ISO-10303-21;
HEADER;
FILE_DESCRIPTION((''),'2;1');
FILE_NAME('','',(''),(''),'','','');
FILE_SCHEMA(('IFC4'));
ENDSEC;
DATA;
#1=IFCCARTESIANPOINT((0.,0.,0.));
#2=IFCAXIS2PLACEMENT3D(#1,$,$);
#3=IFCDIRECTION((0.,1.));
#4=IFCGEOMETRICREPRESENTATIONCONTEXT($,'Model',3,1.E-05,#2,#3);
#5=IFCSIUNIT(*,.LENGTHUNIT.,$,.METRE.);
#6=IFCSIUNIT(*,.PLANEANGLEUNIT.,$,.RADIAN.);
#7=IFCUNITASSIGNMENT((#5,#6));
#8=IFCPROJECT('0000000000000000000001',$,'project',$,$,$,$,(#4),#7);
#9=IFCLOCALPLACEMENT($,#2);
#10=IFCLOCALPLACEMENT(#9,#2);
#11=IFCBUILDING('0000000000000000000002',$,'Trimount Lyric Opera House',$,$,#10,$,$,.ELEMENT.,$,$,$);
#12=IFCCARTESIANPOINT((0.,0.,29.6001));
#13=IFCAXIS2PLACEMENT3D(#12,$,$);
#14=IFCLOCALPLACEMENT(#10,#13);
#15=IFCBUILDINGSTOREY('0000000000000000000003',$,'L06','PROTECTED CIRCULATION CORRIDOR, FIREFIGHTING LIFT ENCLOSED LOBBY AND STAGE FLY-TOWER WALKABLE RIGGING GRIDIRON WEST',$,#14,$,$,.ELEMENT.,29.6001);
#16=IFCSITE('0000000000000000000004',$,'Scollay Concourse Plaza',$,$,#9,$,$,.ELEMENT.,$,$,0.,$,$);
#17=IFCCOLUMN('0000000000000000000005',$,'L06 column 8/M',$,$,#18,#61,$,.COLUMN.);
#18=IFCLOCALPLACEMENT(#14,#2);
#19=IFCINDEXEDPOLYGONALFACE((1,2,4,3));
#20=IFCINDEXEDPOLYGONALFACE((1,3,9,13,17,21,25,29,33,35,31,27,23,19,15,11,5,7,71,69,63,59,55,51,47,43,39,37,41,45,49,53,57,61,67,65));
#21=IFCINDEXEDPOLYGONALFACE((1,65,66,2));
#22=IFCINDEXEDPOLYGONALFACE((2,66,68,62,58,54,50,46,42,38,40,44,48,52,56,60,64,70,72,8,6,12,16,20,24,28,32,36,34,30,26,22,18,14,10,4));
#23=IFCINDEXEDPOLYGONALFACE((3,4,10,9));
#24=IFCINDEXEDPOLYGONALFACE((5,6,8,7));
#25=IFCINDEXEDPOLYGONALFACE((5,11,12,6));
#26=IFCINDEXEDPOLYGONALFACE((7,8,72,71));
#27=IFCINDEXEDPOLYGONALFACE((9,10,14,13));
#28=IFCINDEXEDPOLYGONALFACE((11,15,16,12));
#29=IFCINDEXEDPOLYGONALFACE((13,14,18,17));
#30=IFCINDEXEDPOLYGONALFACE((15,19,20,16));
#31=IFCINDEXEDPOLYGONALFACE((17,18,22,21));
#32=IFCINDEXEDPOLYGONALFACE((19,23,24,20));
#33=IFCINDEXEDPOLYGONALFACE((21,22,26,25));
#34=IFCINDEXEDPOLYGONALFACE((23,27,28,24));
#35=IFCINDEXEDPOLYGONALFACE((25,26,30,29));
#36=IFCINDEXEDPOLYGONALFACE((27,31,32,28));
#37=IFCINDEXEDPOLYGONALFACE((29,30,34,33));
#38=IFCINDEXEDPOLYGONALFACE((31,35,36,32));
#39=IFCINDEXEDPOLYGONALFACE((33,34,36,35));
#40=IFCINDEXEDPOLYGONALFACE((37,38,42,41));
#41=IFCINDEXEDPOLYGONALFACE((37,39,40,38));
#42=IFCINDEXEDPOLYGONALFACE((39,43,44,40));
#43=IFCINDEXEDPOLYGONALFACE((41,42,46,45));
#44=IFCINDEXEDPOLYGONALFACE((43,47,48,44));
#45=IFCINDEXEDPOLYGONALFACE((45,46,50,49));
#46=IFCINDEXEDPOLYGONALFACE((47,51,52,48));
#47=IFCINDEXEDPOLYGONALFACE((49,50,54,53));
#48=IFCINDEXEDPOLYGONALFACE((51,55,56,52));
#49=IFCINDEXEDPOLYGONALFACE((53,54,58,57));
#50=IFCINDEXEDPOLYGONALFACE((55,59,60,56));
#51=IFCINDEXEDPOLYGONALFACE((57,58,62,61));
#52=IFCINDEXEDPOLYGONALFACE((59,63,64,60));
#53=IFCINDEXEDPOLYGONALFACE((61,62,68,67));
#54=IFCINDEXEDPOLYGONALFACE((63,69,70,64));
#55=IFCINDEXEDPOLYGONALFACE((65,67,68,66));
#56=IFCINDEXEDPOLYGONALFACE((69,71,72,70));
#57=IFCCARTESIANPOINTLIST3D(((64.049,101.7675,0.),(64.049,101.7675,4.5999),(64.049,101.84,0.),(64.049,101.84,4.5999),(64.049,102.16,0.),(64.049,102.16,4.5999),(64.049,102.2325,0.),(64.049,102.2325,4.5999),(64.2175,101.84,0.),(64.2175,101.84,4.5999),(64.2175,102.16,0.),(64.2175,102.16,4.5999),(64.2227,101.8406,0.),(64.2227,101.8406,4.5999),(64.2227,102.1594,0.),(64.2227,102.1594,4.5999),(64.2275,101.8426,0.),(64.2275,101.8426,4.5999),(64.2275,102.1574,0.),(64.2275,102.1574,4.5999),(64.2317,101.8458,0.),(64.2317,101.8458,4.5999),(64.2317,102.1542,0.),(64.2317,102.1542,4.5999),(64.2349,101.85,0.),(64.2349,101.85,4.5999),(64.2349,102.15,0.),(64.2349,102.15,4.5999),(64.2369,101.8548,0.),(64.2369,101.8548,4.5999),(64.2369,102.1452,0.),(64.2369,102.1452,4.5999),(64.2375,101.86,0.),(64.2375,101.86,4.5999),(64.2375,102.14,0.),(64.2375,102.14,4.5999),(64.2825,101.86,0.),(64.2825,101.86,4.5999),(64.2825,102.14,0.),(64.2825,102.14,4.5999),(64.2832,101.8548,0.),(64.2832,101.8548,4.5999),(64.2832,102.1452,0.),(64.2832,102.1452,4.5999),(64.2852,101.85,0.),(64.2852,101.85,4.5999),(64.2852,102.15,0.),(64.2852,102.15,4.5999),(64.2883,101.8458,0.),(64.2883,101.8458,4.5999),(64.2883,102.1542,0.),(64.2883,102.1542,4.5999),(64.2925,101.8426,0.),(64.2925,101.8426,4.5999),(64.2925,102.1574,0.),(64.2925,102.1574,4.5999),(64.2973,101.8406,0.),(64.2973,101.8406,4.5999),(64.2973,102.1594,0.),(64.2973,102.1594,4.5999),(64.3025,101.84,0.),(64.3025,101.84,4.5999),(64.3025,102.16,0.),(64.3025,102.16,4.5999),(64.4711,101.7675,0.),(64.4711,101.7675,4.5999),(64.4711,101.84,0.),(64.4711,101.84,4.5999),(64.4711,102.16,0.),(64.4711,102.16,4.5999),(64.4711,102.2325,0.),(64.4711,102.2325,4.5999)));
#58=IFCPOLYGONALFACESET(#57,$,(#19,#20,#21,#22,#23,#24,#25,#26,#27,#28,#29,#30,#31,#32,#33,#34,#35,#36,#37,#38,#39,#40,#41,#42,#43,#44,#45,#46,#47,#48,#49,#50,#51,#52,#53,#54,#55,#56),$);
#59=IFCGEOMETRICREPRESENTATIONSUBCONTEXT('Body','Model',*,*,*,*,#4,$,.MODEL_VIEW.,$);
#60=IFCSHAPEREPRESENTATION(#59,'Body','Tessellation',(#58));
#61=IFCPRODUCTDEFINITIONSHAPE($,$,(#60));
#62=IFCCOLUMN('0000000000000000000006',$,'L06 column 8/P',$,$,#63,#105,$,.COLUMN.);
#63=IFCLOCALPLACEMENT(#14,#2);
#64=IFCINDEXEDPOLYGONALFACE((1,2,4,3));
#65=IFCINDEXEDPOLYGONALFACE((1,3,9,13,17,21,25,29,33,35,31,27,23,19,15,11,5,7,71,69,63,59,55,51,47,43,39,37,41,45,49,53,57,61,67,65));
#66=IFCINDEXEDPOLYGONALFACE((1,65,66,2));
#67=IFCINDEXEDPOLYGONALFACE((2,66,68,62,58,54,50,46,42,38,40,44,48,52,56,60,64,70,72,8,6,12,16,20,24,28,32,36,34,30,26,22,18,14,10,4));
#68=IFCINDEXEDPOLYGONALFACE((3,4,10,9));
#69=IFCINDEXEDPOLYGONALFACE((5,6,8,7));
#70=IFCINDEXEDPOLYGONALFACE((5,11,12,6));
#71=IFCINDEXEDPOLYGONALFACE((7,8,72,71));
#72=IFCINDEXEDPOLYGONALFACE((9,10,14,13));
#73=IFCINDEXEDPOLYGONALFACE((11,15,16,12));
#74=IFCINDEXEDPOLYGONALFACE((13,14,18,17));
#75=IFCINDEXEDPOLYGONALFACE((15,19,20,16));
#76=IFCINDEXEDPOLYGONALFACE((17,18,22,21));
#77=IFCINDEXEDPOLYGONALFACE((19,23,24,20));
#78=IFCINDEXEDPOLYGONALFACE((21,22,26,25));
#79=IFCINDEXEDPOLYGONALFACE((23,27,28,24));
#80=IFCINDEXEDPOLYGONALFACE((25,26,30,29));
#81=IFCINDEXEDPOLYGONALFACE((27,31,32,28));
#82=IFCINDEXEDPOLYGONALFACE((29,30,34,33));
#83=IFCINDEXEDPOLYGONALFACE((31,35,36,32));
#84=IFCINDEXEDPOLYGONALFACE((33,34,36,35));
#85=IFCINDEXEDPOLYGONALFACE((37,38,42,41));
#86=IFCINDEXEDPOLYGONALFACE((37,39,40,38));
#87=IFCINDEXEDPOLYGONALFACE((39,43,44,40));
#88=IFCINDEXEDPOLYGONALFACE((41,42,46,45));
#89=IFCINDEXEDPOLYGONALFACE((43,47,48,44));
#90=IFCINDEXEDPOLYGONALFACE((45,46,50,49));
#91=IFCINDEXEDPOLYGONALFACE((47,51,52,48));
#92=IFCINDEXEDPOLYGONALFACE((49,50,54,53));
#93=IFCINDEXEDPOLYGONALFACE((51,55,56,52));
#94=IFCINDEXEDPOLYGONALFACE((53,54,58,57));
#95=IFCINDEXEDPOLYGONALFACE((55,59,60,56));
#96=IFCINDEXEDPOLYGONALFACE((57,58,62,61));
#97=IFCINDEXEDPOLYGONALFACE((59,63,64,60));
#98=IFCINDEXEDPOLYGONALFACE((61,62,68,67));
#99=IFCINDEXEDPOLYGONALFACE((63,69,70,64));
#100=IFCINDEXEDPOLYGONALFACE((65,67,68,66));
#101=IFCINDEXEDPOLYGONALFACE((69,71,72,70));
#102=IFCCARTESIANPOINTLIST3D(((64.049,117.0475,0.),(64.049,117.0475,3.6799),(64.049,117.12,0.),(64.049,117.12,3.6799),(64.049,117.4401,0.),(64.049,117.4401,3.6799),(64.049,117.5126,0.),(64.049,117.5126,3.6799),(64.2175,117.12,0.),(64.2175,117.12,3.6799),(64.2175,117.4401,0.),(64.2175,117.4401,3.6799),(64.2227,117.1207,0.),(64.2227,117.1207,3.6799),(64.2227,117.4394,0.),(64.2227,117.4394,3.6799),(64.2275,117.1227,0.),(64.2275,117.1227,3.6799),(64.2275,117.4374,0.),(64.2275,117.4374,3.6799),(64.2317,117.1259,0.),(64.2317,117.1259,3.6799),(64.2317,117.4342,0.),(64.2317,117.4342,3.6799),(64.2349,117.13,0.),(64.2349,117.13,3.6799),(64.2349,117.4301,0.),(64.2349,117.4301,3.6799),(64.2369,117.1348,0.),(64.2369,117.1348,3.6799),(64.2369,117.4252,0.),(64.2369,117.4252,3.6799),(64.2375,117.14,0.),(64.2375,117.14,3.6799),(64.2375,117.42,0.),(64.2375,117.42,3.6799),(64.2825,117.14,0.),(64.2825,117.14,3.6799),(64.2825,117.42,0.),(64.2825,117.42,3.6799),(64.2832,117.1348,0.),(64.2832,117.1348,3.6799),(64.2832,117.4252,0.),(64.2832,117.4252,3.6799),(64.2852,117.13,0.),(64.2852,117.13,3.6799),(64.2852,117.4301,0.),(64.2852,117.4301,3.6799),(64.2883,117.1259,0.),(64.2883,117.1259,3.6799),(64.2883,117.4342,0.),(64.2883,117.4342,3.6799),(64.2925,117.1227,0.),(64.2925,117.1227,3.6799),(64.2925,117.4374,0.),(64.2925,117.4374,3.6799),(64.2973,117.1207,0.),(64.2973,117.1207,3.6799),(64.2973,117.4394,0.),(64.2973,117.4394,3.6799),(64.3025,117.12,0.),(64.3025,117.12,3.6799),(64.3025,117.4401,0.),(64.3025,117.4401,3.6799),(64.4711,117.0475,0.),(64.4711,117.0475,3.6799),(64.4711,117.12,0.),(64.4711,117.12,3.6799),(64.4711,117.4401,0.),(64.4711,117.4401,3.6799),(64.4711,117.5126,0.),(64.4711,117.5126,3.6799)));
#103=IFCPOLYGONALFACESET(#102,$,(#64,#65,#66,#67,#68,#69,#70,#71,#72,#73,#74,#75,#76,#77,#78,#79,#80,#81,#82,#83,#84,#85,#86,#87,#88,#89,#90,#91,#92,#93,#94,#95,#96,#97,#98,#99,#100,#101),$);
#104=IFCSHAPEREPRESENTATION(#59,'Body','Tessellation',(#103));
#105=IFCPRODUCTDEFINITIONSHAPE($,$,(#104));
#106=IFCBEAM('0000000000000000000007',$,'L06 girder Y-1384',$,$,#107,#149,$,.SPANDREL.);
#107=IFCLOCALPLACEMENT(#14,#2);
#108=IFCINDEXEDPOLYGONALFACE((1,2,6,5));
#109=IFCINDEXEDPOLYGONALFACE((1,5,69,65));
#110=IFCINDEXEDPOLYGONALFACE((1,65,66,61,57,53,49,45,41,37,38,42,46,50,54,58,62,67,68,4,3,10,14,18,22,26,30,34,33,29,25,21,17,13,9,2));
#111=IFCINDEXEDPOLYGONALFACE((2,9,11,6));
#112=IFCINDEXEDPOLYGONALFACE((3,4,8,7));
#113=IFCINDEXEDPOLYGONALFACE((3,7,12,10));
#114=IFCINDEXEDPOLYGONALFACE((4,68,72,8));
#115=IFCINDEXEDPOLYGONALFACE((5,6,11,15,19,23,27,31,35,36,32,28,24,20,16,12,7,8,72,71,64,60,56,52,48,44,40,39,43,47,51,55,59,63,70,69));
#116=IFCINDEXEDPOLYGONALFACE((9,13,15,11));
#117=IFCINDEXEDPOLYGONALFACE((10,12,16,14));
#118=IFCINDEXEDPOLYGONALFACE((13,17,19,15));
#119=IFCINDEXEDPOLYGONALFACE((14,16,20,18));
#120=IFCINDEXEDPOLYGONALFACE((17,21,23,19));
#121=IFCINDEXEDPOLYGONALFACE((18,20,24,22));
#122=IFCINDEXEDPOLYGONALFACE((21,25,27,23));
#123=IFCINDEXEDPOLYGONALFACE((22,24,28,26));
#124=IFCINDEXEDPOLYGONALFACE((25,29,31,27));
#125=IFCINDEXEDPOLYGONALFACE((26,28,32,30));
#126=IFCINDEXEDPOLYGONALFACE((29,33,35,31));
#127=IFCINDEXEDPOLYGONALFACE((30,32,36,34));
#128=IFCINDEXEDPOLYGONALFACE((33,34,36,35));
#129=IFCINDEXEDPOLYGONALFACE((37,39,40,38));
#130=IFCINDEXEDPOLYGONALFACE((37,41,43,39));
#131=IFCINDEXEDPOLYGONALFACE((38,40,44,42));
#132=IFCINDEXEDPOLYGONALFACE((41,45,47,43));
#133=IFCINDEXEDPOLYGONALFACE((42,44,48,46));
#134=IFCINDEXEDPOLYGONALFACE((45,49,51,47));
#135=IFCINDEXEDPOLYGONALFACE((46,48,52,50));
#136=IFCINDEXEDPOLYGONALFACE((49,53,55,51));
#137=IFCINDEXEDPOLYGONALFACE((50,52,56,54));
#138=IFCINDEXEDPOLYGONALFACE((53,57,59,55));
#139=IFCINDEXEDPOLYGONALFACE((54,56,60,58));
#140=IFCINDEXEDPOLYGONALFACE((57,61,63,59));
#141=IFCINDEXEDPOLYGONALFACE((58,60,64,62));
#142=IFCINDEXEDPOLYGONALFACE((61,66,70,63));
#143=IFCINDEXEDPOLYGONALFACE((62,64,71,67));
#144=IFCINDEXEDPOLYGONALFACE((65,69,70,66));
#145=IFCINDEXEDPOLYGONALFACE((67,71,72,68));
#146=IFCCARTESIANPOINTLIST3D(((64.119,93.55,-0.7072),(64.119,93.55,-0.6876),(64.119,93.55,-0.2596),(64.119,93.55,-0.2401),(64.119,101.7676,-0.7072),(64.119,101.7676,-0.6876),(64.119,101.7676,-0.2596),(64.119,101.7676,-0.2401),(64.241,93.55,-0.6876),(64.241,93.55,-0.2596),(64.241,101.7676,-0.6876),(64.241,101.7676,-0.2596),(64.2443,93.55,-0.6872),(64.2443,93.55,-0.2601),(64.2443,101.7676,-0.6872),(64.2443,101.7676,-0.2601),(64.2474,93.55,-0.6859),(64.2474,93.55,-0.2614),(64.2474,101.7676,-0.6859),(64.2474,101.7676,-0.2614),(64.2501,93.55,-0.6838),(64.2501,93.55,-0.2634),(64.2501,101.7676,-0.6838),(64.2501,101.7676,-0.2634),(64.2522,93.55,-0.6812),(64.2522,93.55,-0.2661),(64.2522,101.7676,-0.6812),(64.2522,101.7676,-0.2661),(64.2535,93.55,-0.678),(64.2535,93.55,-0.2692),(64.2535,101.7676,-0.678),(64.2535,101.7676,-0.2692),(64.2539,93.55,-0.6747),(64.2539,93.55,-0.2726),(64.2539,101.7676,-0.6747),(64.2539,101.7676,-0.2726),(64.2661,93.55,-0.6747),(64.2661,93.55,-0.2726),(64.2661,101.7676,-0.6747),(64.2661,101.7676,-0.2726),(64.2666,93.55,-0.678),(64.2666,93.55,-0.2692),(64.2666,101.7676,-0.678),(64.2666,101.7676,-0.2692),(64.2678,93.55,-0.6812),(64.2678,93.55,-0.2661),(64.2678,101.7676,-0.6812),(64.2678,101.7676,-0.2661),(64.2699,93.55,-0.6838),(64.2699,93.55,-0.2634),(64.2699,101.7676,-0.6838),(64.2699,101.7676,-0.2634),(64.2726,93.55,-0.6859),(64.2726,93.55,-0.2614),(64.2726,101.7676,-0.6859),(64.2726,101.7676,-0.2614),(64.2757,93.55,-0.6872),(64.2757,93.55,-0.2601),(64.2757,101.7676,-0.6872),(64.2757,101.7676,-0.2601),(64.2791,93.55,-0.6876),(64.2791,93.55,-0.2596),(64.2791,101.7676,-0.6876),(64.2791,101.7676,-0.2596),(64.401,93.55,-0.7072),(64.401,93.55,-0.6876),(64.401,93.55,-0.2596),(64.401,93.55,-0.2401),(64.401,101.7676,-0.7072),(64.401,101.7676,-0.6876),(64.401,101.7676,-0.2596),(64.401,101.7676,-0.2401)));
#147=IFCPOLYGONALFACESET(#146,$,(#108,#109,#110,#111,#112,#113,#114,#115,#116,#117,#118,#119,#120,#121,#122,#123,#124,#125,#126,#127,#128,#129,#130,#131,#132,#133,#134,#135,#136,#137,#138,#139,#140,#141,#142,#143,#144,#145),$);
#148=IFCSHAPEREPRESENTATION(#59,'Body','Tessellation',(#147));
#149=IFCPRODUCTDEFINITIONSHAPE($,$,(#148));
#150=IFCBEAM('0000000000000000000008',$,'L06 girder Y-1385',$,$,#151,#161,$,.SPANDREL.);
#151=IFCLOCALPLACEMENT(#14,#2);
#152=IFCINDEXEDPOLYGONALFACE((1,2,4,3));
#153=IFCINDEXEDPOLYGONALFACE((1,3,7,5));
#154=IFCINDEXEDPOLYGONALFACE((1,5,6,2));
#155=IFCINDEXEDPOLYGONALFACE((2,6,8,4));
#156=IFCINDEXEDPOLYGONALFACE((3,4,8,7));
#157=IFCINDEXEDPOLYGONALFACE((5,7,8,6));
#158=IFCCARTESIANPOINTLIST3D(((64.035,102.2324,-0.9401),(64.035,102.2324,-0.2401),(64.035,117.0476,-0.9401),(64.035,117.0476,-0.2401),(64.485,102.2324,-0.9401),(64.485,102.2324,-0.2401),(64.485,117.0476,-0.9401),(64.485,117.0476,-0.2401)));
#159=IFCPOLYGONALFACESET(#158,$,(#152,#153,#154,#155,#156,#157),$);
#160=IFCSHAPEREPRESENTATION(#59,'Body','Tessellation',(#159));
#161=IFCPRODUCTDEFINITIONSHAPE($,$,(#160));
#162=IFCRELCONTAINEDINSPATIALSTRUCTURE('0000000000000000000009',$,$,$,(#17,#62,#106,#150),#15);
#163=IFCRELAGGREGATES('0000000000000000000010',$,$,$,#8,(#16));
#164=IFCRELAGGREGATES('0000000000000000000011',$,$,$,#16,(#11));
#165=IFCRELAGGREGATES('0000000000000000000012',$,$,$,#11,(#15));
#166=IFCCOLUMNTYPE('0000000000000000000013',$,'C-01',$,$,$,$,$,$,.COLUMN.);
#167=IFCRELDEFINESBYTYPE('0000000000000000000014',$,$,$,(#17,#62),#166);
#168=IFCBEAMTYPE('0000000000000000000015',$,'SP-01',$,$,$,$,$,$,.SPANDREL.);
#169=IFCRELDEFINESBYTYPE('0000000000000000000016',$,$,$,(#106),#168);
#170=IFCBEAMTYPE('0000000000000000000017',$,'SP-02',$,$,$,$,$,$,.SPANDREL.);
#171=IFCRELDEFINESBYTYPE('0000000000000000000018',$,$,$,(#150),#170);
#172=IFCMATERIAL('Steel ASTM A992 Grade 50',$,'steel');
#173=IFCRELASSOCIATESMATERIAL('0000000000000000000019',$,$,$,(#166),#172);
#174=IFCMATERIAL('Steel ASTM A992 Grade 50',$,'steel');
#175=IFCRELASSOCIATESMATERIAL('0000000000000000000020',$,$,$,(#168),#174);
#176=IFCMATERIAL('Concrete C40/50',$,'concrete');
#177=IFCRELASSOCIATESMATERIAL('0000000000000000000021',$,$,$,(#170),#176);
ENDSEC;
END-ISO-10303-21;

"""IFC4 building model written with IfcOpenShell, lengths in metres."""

from ifc_helpers import new_model, si_unit, direction, frame, origin, origin_2d, place, context, subcontext, project, spatial, rectangle, i_section, extrude, material, material_profile, profile_set, type_object, element, save


model = new_model("IFC4")

# Units and contexts
model_context = context("Model", 3, precision=1e-05, world=origin(), true_north=direction((0.0, 1.0)))
body_context = subcontext(model_context, "Body", "Model", "MODEL_VIEW")
ifc_project = project(units=[si_unit("LENGTHUNIT", "METRE"), si_unit("PLANEANGLEUNIT", "RADIAN")], contexts=[model_context])

# Site, building, storey
site_placement = place(None, origin())
site = spatial("IfcSite", under=ifc_project, at=site_placement, Name="Scollay Concourse Plaza", CompositionType="ELEMENT", RefElevation=0.0)
building_placement = place(site_placement, origin())
building = spatial("IfcBuilding", under=site, at=building_placement, Name="Trimount Lyric Opera House", CompositionType="ELEMENT")
storey_placement = place(building_placement, frame((0.0, 0.0, 29.6001)))
storey = spatial("IfcBuildingStorey", under=building, at=storey_placement, Name="L06", Description="PROTECTED CIRCULATION CORRIDOR, FIREFIGHTING LIFT ENCLOSED LOBBY AND STAGE FLY-TOWER WALKABLE RIGGING GRIDIRON WEST", CompositionType="ELEMENT", Elevation=29.6001)

# Columns
ifc_material_1 = material(Name="Steel ASTM A992 Grade 50", Category="steel")
ifc_material_profile_1 = material_profile(ifc_material_1, i_section(OverallWidth=0.4221, OverallDepth=0.4651, WebThickness=0.0449, FlangeThickness=0.0725, FilletRadius=0.02, at=origin_2d()), Name="W14X398")
ifc_profile_set_1 = profile_set([ifc_material_profile_1], Name="Steel ASTM A992 Grade 50")
column_type = type_object("IfcColumnType", Name="C-01", PredefinedType="COLUMN", material=ifc_profile_set_1)
column_1_placement = place(storey_placement, frame((64.26, 102.0, 0.0), z_axis=(0.0, 0.0, 1.0), x_axis=(1.0, 0.0, 0.0)))
element("IfcColumn", 1, at=column_1_placement, inside=storey, type_object=column_type, Name="L06 column 8/M", PredefinedType="COLUMN", context=body_context, shape_type="SweptSolid", body=[
    extrude(i_section(OverallWidth=0.4221, OverallDepth=0.4651, WebThickness=0.0449, FlangeThickness=0.0725, FilletRadius=0.02, at=origin_2d()), origin(), (0.0, 0.0, 1.0), 4.5999),
])
column_2_placement = place(storey_placement, frame((64.26, 117.28, 0.0), z_axis=(0.0, 0.0, 1.0), x_axis=(1.0, 0.0, 0.0)))
element("IfcColumn", 2, at=column_2_placement, inside=storey, type_object=column_type, Name="L06 column 8/P", PredefinedType="COLUMN", context=body_context, shape_type="SweptSolid", body=[
    extrude(i_section(OverallWidth=0.4221, OverallDepth=0.4651, WebThickness=0.0449, FlangeThickness=0.0725, FilletRadius=0.02, at=origin_2d()), origin(), (0.0, 0.0, 1.0), 3.6799),
])

# Beams
ifc_material_2 = material(Name="Steel ASTM A992 Grade 50", Category="steel")
ifc_material_profile_2 = material_profile(ifc_material_2, i_section(OverallWidth=0.282, OverallDepth=0.467, WebThickness=0.0122, FlangeThickness=0.0195, FilletRadius=0.0129, at=origin_2d()), Name="W18X86")
ifc_profile_set_2 = profile_set([ifc_material_profile_2], Name="Steel ASTM A992 Grade 50")
beam_type_1 = type_object("IfcBeamType", Name="SP-01", PredefinedType="SPANDREL", material=ifc_profile_set_2)
beam_1_placement = place(storey_placement, frame((64.26, 93.55, -0.4736), z_axis=(0.0, 1.0, 0.0), x_axis=(-1.0, 0.0, 0.0)))
element("IfcBeam", 3, at=beam_1_placement, inside=storey, type_object=beam_type_1, Name="L06 girder Y-1384", PredefinedType="SPANDREL", context=body_context, shape_type="SweptSolid", body=[
    extrude(i_section(OverallWidth=0.282, OverallDepth=0.467, WebThickness=0.0122, FlangeThickness=0.0195, FilletRadius=0.0129, at=origin_2d()), origin(), (0.0, 0.0, 1.0), 8.2175),
])
ifc_material_3 = material(Name="Concrete C40/50", Category="concrete")
ifc_material_profile_3 = material_profile(ifc_material_3, rectangle(XDim=0.45, YDim=0.7, at=origin_2d()), Name="RC450X700")
ifc_profile_set_3 = profile_set([ifc_material_profile_3], Name="Concrete C40/50")
beam_type_2 = type_object("IfcBeamType", Name="SP-02", PredefinedType="SPANDREL", material=ifc_profile_set_3)
beam_2_placement = place(storey_placement, frame((64.26, 102.2324, -0.5901), z_axis=(0.0, 1.0, 0.0), x_axis=(-1.0, 0.0, 0.0)))
element("IfcBeam", 4, at=beam_2_placement, inside=storey, type_object=beam_type_2, Name="L06 girder Y-1385", PredefinedType="SPANDREL", context=body_context, shape_type="SweptSolid", body=[
    extrude(rectangle(XDim=0.45, YDim=0.7, at=origin_2d()), origin(), (0.0, 0.0, 1.0), 14.8152),
])

save(model, "model.ifc")
